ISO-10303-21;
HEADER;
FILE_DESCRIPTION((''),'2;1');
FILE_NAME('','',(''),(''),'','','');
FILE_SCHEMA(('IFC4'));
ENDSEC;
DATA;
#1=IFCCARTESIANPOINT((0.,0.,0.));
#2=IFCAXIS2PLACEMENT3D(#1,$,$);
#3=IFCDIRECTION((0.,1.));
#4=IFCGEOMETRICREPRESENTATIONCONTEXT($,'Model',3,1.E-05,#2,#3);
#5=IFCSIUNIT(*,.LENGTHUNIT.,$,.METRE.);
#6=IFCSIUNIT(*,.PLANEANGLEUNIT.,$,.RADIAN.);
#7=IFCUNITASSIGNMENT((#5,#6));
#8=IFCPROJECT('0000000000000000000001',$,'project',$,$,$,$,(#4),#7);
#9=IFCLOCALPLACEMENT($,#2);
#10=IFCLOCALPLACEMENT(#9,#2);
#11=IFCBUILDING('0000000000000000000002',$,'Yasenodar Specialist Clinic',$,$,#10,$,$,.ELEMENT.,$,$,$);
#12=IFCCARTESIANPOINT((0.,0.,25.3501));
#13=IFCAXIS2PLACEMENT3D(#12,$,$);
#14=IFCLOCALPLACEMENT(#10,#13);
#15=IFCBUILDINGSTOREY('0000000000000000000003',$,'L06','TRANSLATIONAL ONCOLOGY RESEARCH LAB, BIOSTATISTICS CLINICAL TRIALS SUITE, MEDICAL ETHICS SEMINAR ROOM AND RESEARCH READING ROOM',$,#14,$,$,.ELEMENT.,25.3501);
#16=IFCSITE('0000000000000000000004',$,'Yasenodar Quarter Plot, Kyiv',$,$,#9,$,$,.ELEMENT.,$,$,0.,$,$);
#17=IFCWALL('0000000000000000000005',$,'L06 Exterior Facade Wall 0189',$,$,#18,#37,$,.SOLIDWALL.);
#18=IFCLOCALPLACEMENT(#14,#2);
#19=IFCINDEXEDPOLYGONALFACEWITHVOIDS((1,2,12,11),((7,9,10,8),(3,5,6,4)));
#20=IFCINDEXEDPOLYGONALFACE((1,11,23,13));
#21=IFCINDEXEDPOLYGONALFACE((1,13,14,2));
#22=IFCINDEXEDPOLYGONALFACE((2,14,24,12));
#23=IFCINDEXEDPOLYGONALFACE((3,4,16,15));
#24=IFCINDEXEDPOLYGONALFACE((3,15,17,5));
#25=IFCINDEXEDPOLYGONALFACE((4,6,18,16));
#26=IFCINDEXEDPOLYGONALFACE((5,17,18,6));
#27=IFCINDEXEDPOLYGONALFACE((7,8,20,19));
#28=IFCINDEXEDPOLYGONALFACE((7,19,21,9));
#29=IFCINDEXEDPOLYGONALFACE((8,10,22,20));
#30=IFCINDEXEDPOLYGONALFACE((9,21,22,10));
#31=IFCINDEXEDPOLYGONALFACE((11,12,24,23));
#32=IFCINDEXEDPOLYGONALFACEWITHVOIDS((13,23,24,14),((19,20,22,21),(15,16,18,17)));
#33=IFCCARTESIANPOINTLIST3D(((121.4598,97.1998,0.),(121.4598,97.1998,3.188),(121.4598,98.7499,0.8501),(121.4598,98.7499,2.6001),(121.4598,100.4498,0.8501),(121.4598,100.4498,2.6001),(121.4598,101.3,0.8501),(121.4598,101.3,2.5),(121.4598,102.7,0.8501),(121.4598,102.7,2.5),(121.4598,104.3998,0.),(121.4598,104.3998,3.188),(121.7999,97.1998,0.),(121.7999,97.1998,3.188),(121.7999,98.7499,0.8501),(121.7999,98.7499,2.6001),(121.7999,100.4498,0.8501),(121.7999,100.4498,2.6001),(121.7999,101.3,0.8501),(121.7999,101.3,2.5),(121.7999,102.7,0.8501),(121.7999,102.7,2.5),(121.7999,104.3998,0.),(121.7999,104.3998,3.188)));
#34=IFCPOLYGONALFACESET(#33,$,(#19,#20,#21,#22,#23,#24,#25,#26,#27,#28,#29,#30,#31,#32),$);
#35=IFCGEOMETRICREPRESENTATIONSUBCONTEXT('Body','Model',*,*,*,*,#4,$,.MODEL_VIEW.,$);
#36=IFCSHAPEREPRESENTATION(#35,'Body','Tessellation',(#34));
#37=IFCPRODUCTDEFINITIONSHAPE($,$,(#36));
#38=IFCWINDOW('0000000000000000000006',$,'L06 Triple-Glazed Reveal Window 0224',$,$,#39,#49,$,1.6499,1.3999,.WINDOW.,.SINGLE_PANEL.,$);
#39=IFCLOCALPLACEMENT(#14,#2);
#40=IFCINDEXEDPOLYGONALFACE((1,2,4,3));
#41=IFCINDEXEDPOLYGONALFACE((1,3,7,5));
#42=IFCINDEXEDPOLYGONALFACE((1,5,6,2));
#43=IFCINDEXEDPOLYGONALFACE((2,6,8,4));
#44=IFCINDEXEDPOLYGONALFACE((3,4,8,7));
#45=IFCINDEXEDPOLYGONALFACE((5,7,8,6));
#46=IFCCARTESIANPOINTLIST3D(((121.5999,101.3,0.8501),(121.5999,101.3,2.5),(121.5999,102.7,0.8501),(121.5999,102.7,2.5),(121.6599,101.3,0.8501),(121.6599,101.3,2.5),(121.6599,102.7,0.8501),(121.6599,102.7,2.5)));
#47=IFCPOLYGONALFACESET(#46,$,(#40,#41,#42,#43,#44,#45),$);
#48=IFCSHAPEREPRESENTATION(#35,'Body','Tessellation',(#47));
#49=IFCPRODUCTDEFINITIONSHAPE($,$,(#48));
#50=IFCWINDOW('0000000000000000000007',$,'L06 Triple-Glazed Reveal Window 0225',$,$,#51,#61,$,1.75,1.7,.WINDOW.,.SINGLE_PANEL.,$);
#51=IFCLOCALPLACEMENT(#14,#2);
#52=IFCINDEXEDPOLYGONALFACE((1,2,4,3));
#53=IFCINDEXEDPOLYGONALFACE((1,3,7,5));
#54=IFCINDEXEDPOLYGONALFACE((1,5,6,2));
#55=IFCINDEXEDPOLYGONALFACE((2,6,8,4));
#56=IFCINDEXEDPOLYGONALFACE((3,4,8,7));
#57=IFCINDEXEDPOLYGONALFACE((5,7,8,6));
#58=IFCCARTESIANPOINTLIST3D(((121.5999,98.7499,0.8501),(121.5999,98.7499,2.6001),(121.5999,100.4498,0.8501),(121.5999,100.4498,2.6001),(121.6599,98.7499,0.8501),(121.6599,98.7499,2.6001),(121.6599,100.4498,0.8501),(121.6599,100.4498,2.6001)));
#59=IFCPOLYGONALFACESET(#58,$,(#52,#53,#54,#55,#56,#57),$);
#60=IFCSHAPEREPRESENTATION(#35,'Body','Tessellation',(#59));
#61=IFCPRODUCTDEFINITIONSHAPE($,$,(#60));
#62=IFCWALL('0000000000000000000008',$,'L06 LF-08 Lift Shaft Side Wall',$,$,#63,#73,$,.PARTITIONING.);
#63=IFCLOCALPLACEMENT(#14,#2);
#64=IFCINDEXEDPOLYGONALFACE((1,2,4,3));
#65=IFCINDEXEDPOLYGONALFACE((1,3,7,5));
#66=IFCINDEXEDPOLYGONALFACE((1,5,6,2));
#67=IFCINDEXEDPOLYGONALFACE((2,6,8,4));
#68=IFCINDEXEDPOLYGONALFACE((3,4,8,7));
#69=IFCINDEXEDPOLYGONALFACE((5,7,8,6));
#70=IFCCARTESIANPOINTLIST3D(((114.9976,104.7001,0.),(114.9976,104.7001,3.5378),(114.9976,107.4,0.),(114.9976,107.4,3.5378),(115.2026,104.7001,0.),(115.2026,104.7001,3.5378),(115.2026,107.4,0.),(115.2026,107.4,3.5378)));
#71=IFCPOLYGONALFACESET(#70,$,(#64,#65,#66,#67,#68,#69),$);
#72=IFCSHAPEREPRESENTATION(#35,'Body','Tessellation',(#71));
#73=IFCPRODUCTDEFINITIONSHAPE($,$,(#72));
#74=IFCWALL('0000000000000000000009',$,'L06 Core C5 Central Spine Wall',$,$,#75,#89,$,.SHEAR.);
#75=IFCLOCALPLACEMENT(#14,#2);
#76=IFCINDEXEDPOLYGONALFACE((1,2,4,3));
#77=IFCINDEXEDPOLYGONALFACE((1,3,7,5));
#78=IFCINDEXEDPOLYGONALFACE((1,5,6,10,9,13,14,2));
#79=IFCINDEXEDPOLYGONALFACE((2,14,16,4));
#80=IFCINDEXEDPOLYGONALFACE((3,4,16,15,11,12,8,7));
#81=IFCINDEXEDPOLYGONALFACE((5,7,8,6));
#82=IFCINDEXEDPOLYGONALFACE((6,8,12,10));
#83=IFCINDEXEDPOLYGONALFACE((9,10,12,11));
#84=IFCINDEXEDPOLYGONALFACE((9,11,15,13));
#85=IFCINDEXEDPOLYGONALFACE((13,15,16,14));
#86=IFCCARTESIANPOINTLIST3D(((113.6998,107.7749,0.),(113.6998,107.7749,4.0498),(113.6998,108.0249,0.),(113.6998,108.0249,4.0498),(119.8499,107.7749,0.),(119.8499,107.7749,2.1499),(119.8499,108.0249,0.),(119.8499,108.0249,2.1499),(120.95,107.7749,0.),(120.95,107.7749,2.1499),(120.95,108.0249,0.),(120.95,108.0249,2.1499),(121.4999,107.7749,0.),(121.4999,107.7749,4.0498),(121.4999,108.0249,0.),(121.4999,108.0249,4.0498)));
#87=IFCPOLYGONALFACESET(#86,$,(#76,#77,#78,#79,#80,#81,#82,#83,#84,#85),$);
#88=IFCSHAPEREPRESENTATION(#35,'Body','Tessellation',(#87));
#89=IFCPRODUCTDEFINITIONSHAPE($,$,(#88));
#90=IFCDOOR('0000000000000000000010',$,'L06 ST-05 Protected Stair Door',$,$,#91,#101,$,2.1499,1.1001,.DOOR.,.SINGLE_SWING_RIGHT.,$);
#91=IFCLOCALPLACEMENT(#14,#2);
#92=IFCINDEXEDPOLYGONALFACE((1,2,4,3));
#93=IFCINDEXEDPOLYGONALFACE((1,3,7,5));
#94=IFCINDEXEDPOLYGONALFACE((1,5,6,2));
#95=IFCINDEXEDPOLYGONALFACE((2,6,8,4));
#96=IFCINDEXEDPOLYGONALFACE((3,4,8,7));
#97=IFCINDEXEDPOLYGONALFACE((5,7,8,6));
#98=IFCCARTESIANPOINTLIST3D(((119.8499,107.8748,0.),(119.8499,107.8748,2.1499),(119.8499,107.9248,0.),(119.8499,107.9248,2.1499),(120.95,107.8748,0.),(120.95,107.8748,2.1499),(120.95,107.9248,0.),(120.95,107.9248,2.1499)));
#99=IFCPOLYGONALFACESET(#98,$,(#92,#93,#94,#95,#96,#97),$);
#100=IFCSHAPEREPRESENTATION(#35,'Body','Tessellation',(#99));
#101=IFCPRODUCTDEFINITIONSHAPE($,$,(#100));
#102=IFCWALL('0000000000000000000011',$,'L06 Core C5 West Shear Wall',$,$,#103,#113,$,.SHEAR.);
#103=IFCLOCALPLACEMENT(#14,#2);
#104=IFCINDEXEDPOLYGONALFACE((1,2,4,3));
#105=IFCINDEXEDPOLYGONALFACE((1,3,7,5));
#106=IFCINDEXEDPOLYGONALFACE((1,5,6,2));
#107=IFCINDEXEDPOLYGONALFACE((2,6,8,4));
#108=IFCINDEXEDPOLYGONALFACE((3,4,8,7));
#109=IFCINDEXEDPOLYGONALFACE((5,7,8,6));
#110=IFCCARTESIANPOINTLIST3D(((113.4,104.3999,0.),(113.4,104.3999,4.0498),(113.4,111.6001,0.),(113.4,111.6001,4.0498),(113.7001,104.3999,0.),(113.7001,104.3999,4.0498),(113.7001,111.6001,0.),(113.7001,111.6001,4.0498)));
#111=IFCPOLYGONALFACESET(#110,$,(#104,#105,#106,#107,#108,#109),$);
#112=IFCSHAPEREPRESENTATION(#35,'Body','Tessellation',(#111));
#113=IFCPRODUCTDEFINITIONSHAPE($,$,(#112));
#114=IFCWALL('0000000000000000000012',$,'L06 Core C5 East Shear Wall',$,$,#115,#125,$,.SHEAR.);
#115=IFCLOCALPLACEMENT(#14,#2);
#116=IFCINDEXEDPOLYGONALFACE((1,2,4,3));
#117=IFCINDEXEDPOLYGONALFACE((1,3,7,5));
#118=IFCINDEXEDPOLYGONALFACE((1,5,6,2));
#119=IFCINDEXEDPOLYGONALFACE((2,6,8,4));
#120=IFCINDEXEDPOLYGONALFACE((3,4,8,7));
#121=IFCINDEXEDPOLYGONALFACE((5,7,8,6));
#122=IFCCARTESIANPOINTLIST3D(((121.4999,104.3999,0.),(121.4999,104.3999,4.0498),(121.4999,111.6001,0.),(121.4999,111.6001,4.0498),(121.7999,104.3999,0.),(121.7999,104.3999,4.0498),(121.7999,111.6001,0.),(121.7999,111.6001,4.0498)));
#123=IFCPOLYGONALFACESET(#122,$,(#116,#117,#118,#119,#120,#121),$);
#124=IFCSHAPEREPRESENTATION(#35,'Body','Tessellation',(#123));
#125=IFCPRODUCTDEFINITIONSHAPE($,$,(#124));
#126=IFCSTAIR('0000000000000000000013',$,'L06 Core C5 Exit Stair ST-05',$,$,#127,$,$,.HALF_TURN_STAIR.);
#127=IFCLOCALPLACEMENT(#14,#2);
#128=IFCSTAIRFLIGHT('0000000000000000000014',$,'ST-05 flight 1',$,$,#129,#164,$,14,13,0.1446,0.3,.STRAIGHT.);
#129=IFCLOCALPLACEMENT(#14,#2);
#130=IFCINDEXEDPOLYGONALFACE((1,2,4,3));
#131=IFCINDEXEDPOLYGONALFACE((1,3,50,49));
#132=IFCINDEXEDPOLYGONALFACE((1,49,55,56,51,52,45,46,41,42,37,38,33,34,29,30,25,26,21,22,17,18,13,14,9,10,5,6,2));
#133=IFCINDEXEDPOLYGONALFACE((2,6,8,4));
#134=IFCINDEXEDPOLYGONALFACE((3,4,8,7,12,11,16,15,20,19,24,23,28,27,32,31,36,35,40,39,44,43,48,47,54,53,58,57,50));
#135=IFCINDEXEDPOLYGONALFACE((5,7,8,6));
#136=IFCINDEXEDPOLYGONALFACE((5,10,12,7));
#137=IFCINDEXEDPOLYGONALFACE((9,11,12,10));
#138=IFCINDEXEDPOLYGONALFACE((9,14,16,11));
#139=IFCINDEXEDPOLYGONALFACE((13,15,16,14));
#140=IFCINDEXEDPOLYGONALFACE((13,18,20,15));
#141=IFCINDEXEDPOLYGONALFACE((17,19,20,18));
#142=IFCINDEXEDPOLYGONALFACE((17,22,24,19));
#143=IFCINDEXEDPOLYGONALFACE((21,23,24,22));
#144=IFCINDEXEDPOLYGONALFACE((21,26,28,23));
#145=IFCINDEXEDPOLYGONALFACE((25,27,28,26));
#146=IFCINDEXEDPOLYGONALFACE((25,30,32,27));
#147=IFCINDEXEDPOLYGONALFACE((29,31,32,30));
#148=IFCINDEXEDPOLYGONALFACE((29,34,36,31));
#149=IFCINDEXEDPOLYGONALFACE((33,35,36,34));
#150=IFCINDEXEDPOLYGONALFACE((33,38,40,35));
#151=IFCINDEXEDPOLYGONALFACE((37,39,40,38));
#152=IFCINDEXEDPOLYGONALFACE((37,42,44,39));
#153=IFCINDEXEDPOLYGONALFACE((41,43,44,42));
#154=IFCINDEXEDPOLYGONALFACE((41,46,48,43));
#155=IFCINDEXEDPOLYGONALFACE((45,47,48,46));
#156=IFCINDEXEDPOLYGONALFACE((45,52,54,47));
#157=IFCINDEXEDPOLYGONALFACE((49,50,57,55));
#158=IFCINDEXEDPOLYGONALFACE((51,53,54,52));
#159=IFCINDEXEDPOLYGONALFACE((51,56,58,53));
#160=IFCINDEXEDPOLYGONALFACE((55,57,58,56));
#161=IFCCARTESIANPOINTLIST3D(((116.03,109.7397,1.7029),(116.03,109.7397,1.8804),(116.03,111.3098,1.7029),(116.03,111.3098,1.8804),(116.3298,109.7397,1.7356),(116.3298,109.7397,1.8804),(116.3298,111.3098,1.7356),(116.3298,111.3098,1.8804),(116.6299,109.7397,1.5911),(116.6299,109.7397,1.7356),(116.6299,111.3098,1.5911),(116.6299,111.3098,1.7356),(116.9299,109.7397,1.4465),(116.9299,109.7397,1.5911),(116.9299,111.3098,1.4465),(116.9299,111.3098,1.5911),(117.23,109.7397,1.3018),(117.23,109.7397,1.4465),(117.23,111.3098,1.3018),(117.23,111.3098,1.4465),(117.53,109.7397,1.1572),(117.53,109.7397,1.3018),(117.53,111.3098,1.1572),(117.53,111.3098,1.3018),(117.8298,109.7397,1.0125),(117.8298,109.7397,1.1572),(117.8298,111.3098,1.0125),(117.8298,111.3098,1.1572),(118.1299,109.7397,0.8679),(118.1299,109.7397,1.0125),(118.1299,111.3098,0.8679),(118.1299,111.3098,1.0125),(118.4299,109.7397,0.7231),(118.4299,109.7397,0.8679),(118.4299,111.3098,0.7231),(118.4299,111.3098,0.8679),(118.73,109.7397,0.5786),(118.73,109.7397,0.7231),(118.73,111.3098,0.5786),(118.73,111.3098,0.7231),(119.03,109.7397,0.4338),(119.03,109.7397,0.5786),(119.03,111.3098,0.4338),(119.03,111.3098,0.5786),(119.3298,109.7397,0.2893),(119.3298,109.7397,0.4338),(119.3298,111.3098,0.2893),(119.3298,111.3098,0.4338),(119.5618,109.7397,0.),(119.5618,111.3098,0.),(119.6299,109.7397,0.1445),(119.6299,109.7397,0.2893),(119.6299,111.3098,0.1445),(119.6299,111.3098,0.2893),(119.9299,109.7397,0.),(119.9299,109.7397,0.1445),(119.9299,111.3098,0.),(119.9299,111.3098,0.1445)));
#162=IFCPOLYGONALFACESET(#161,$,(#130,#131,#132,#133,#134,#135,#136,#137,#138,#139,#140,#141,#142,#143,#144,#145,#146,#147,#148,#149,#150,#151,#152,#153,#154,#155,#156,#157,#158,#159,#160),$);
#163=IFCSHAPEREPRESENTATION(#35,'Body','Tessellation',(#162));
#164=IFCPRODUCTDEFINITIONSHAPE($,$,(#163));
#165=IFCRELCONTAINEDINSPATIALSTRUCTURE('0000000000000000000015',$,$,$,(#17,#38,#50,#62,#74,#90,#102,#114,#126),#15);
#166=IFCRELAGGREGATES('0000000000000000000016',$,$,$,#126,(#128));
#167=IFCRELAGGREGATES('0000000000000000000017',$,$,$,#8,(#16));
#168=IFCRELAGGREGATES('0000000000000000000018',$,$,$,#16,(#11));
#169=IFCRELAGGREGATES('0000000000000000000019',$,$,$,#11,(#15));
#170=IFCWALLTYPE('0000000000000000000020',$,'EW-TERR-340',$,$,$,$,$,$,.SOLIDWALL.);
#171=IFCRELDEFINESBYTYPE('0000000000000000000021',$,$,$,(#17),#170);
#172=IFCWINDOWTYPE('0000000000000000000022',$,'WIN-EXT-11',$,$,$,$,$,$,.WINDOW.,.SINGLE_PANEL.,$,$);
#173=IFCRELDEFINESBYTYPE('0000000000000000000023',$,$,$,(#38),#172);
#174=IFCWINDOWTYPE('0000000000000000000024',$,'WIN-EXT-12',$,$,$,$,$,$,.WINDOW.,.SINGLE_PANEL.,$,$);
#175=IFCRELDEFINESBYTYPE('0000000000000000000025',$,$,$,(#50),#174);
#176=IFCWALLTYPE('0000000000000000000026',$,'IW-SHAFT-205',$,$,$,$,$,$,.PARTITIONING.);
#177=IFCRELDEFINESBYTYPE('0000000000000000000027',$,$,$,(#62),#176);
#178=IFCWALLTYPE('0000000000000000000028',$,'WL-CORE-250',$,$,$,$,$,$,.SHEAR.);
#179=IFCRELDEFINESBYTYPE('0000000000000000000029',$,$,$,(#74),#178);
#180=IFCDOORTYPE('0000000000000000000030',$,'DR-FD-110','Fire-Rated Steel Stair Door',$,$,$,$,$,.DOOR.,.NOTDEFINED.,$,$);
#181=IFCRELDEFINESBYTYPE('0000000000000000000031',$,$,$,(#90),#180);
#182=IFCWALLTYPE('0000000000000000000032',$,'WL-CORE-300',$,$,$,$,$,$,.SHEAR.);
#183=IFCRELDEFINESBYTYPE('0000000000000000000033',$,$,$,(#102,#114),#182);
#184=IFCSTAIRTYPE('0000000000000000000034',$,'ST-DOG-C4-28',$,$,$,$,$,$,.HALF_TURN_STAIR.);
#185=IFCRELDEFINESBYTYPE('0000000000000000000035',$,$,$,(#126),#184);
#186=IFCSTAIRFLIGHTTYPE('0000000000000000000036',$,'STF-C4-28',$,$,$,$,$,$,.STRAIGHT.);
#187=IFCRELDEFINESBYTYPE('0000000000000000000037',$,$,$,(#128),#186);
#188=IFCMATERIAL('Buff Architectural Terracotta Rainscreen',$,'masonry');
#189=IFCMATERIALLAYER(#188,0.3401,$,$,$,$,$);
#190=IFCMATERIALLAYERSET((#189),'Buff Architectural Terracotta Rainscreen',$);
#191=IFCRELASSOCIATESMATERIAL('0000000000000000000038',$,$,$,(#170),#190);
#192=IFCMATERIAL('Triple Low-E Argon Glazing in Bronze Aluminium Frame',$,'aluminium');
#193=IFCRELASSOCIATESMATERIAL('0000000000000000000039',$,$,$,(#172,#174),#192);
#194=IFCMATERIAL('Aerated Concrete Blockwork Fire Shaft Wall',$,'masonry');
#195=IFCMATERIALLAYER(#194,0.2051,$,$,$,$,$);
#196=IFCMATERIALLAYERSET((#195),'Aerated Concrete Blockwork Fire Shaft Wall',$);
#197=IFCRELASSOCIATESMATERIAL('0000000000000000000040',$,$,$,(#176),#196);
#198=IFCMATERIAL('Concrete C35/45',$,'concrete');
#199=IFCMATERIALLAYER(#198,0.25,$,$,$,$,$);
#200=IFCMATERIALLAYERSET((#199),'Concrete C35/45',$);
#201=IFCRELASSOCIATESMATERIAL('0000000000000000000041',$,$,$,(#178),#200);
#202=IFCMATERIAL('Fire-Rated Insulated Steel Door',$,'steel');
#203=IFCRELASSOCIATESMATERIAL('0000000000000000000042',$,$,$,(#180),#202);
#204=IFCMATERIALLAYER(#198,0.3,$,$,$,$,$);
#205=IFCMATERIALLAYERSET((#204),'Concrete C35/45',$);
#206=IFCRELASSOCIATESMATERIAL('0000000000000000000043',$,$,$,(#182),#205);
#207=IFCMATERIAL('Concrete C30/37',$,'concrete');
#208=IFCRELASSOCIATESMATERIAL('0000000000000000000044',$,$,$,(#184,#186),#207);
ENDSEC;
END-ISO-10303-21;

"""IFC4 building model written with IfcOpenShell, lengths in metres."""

from ifc_helpers import new_model, si_unit, direction, frame, frame_2d, origin, place, context, subcontext, project, spatial, polyline, rectangle, outline, extrude, material, layer, layer_set, type_object, element, fill, aggregate, save


model = new_model("IFC4")

# Units and contexts
model_context = context("Model", 3, precision=1e-05, world=origin(), true_north=direction((0.0, 1.0)))
body_context = subcontext(model_context, "Body", "Model", "MODEL_VIEW")
ifc_project = project(units=[si_unit("LENGTHUNIT", "METRE"), si_unit("PLANEANGLEUNIT", "RADIAN")], contexts=[model_context])

# Site, building, storey
site_placement = place(None, origin())
site = spatial("IfcSite", under=ifc_project, at=site_placement, Name="Yasenodar Quarter Plot, Kyiv", CompositionType="ELEMENT", RefElevation=0.0)
building_placement = place(site_placement, origin())
building = spatial("IfcBuilding", under=site, at=building_placement, Name="Yasenodar Specialist Clinic", CompositionType="ELEMENT")
storey_placement = place(building_placement, frame((0.0, 0.0, 25.3501)))
storey = spatial("IfcBuildingStorey", under=building, at=storey_placement, Name="L06", Description="TRANSLATIONAL ONCOLOGY RESEARCH LAB, BIOSTATISTICS CLINICAL TRIALS SUITE, MEDICAL ETHICS SEMINAR ROOM AND RESEARCH READING ROOM", CompositionType="ELEMENT", Elevation=25.3501)

# Wall, openings, windows
ifc_material_1 = material(Name="Buff Architectural Terracotta Rainscreen", Category="masonry")
ifc_layer_1 = layer(ifc_material_1, 0.3401)
ifc_layer_set_1 = layer_set([ifc_layer_1], Name="Buff Architectural Terracotta Rainscreen")
wall_type_1 = type_object("IfcWallType", Name="EW-TERR-340", PredefinedType="SOLIDWALL", material=ifc_layer_set_1)
wall_1_placement = place(storey_placement, frame((121.6299, 104.3999, 0.0), z_axis=(0.0, 0.0, 1.0), x_axis=(0.0, -1.0, 0.0)))
wall_1 = element("IfcWall", 1, at=wall_1_placement, inside=storey, type_object=wall_type_1, Name="L06 Exterior Facade Wall 0189", PredefinedType="SOLIDWALL", context=body_context, shape_type="SweptSolid", body=[
    extrude(rectangle(XDim=7.2, YDim=0.3401, at=frame_2d((3.6001, 0.0))), origin(), (0.0, 0.0, 1.0), 3.188),
])
opening_1_placement = place(wall_1_placement, frame((1.7, 0.0, 0.8501)))
opening_1 = element("IfcOpeningElement", 2, at=opening_1_placement, cuts=wall_1, PredefinedType="OPENING", context=body_context, shape_type="SweptSolid", body=[
    extrude(rectangle(XDim=1.3999, YDim=1.6499, at=frame_2d((0.7, 0.825))), frame((0.0, 0.1802, 0.0), z_axis=(0.0, -1.0, 0.0), x_axis=(1.0, 0.0, 0.0)), (0.0, 0.0, 1.0), 0.3601),
])
opening_2_placement = place(wall_1_placement, frame((3.95, 0.0, 0.8501)))
opening_2 = element("IfcOpeningElement", 3, at=opening_2_placement, cuts=wall_1, PredefinedType="OPENING", context=body_context, shape_type="SweptSolid", body=[
    extrude(rectangle(XDim=1.7, YDim=1.75, at=frame_2d((0.8501, 0.875))), frame((0.0, 0.1802, 0.0), z_axis=(0.0, -1.0, 0.0), x_axis=(1.0, 0.0, 0.0)), (0.0, 0.0, 1.0), 0.3601),
])
ifc_material_2 = material(Name="Triple Low-E Argon Glazing in Bronze Aluminium Frame", Category="aluminium")
window_type_1 = type_object("IfcWindowType", Name="WIN-EXT-11", PartitioningType="SINGLE_PANEL", PredefinedType="WINDOW", material=ifc_material_2)
window_1_placement = place(opening_1_placement, origin())
window_1 = element("IfcWindow", 4, at=window_1_placement, inside=storey, type_object=window_type_1, Name="L06 Triple-Glazed Reveal Window 0224", OverallHeight=1.6499, OverallWidth=1.3999, PartitioningType="SINGLE_PANEL", PredefinedType="WINDOW", context=body_context, shape_type="SweptSolid", body=[
    extrude(rectangle(XDim=1.3999, YDim=1.6499, at=frame_2d((0.7, 0.825))), frame((0.0, 0.03, 0.0), z_axis=(0.0, -1.0, 0.0), x_axis=(1.0, 0.0, 0.0)), (0.0, 0.0, 1.0), 0.0601),
])
fill(opening_1, window_1)
window_type_2 = type_object("IfcWindowType", Name="WIN-EXT-12", PartitioningType="SINGLE_PANEL", PredefinedType="WINDOW", material=ifc_material_2)
window_2_placement = place(opening_2_placement, origin())
window_2 = element("IfcWindow", 5, at=window_2_placement, inside=storey, type_object=window_type_2, Name="L06 Triple-Glazed Reveal Window 0225", OverallHeight=1.75, OverallWidth=1.7, PartitioningType="SINGLE_PANEL", PredefinedType="WINDOW", context=body_context, shape_type="SweptSolid", body=[
    extrude(rectangle(XDim=1.7, YDim=1.75, at=frame_2d((0.8501, 0.875))), frame((0.0, 0.03, 0.0), z_axis=(0.0, -1.0, 0.0), x_axis=(1.0, 0.0, 0.0)), (0.0, 0.0, 1.0), 0.0601),
])
fill(opening_2, window_2)

# Wall
ifc_material_3 = material(Name="Aerated Concrete Blockwork Fire Shaft Wall", Category="masonry")
ifc_layer_2 = layer(ifc_material_3, 0.2051)
ifc_layer_set_2 = layer_set([ifc_layer_2], Name="Aerated Concrete Blockwork Fire Shaft Wall")
wall_type_2 = type_object("IfcWallType", Name="IW-SHAFT-205", PredefinedType="PARTITIONING", material=ifc_layer_set_2)
wall_2_placement = place(storey_placement, frame((115.1001, 104.7, 0.0), z_axis=(0.0, 0.0, 1.0), x_axis=(0.0, 1.0, 0.0)))
element("IfcWall", 6, at=wall_2_placement, inside=storey, type_object=wall_type_2, Name="L06 LF-08 Lift Shaft Side Wall", PredefinedType="PARTITIONING", context=body_context, shape_type="SweptSolid", body=[
    extrude(rectangle(XDim=2.7, YDim=0.2051, at=frame_2d((1.3501, 0.0))), origin(), (0.0, 0.0, 1.0), 3.5378),
])

# Wall, opening, door
ifc_material_4 = material(Name="Concrete C35/45", Category="concrete")
ifc_layer_3 = layer(ifc_material_4, 0.25)
ifc_layer_set_3 = layer_set([ifc_layer_3], Name="Concrete C35/45")
wall_type_3 = type_object("IfcWallType", Name="WL-CORE-250", PredefinedType="SHEAR", material=ifc_layer_set_3)
wall_3_placement = place(storey_placement, frame((113.7, 107.8999, 0.0), z_axis=(0.0, 0.0, 1.0), x_axis=(1.0, 0.0, 0.0)))
wall_3 = element("IfcWall", 7, at=wall_3_placement, inside=storey, type_object=wall_type_3, Name="L06 Core C5 Central Spine Wall", PredefinedType="SHEAR", context=body_context, shape_type="SweptSolid", body=[
    extrude(rectangle(XDim=7.8, YDim=0.25, at=frame_2d((3.8999, 0.0))), origin(), (0.0, 0.0, 1.0), 4.0498),
])
opening_3_placement = place(wall_3_placement, frame((6.1499, 0.0, 0.0)))
opening_3 = element("IfcOpeningElement", 8, at=opening_3_placement, cuts=wall_3, PredefinedType="OPENING", context=body_context, shape_type="SweptSolid", body=[
    extrude(rectangle(XDim=1.1001, YDim=2.1499, at=frame_2d((0.55, 1.075))), frame((0.0, 0.135, 0.0), z_axis=(0.0, -1.0, 0.0), x_axis=(1.0, 0.0, 0.0)), (0.0, 0.0, 1.0), 0.27),
])
ifc_material_5 = material(Name="Fire-Rated Insulated Steel Door", Category="steel")
door_type = type_object("IfcDoorType", Name="DR-FD-110", Description="Fire-Rated Steel Stair Door", OperationType="NOTDEFINED", PredefinedType="DOOR", material=ifc_material_5)
door_placement = place(opening_3_placement, origin())
door = element("IfcDoor", 9, at=door_placement, inside=storey, type_object=door_type, Name="L06 ST-05 Protected Stair Door", OperationType="SINGLE_SWING_RIGHT", OverallHeight=2.1499, OverallWidth=1.1001, PredefinedType="DOOR", context=body_context, shape_type="SweptSolid", body=[
    extrude(rectangle(XDim=1.1001, YDim=2.1499, at=frame_2d((0.55, 1.075))), frame((0.0, 0.0249, 0.0), z_axis=(0.0, -1.0, 0.0), x_axis=(1.0, 0.0, 0.0)), (0.0, 0.0, 1.0), 0.05),
])
fill(opening_3, door)

# Walls
ifc_layer_4 = layer(ifc_material_4, 0.3)
ifc_layer_set_4 = layer_set([ifc_layer_4], Name="Concrete C35/45")
wall_type_4 = type_object("IfcWallType", Name="WL-CORE-300", PredefinedType="SHEAR", material=ifc_layer_set_4)
for number, where, z_axis, x_axis, name in (
    (10, (113.55, 104.3999, 0.0), (0.0, 0.0, 1.0), (0.0, 1.0, 0.0), "L06 Core C5 West Shear Wall"),
    (11, (121.6499, 111.6001, 0.0), (0.0, 0.0, 1.0), (0.0, -1.0, 0.0), "L06 Core C5 East Shear Wall"),
):
    element("IfcWall", number, at=place(storey_placement, frame(where, z_axis=z_axis, x_axis=x_axis)), inside=storey, type_object=wall_type_4, Name=name, PredefinedType="SHEAR", context=body_context, shape_type="SweptSolid", body=[
        extrude(rectangle(XDim=7.2002, YDim=0.3, at=frame_2d((3.6001, 0.0))), origin(), (0.0, 0.0, 1.0), 4.0498),
    ])

# Stair, stair flight
ifc_material_6 = material(Name="Concrete C30/37", Category="concrete")
stair_type = type_object("IfcStairType", Name="ST-DOG-C4-28", PredefinedType="HALF_TURN_STAIR", material=ifc_material_6)
stair_placement = place(storey_placement, origin())
stair = element("IfcStair", 12, at=stair_placement, inside=storey, type_object=stair_type, Name="L06 Core C5 Exit Stair ST-05", PredefinedType="HALF_TURN_STAIR")
stair_flight_type = type_object("IfcStairFlightType", Name="STF-C4-28", PredefinedType="STRAIGHT", material=ifc_material_6)
stair_flight_1_placement = place(storey_placement, frame((119.9299, 110.5249, 0.0), z_axis=(0.0, 0.0, 1.0), x_axis=(-1.0, 0.0, 0.0)))
stair_flight_1 = element("IfcStairFlight", 13, at=stair_flight_1_placement, type_object=stair_flight_type, Name="ST-05 flight 1", NumberOfRisers=14, NumberOfTreads=13, PredefinedType="STRAIGHT", RiserHeight=0.1446, TreadLength=0.3, context=body_context, shape_type="SweptSolid", body=[
    extrude(outline(polyline([(0.0, 0.0), (0.0, 0.1445), (0.3, 0.1445), (0.3, 0.2893), (0.6001, 0.2893), (0.6001, 0.4338), (0.8999, 0.4338), (0.8999, 0.5786), (1.2, 0.5786), (1.2, 0.7231), (1.5, 0.7231), (1.5, 0.8679), (1.8, 0.8679), (1.8, 1.0125), (2.1001, 1.0125), (2.1001, 1.1572), (2.3999, 1.1572), (2.3999, 1.3018), (2.7, 1.3018), (2.7, 1.4465), (3.0, 1.4465), (3.0, 1.5911), (3.3, 1.5911), (3.3, 1.7356), (3.6001, 1.7356), (3.6001, 1.8804), (3.8999, 1.8804), (3.8999, 2.0249), (3.8999, 1.7029), (0.3682, 0.0), (0.0, 0.0)])), frame((0.0, 0.7852, 0.0), z_axis=(0.0, -1.0, 0.0), x_axis=(1.0, 0.0, 0.0)), (0.0, 0.0, 1.0), 1.5701),
])
aggregate(stair, [stair_flight_1])

save(model, "model.ifc")
